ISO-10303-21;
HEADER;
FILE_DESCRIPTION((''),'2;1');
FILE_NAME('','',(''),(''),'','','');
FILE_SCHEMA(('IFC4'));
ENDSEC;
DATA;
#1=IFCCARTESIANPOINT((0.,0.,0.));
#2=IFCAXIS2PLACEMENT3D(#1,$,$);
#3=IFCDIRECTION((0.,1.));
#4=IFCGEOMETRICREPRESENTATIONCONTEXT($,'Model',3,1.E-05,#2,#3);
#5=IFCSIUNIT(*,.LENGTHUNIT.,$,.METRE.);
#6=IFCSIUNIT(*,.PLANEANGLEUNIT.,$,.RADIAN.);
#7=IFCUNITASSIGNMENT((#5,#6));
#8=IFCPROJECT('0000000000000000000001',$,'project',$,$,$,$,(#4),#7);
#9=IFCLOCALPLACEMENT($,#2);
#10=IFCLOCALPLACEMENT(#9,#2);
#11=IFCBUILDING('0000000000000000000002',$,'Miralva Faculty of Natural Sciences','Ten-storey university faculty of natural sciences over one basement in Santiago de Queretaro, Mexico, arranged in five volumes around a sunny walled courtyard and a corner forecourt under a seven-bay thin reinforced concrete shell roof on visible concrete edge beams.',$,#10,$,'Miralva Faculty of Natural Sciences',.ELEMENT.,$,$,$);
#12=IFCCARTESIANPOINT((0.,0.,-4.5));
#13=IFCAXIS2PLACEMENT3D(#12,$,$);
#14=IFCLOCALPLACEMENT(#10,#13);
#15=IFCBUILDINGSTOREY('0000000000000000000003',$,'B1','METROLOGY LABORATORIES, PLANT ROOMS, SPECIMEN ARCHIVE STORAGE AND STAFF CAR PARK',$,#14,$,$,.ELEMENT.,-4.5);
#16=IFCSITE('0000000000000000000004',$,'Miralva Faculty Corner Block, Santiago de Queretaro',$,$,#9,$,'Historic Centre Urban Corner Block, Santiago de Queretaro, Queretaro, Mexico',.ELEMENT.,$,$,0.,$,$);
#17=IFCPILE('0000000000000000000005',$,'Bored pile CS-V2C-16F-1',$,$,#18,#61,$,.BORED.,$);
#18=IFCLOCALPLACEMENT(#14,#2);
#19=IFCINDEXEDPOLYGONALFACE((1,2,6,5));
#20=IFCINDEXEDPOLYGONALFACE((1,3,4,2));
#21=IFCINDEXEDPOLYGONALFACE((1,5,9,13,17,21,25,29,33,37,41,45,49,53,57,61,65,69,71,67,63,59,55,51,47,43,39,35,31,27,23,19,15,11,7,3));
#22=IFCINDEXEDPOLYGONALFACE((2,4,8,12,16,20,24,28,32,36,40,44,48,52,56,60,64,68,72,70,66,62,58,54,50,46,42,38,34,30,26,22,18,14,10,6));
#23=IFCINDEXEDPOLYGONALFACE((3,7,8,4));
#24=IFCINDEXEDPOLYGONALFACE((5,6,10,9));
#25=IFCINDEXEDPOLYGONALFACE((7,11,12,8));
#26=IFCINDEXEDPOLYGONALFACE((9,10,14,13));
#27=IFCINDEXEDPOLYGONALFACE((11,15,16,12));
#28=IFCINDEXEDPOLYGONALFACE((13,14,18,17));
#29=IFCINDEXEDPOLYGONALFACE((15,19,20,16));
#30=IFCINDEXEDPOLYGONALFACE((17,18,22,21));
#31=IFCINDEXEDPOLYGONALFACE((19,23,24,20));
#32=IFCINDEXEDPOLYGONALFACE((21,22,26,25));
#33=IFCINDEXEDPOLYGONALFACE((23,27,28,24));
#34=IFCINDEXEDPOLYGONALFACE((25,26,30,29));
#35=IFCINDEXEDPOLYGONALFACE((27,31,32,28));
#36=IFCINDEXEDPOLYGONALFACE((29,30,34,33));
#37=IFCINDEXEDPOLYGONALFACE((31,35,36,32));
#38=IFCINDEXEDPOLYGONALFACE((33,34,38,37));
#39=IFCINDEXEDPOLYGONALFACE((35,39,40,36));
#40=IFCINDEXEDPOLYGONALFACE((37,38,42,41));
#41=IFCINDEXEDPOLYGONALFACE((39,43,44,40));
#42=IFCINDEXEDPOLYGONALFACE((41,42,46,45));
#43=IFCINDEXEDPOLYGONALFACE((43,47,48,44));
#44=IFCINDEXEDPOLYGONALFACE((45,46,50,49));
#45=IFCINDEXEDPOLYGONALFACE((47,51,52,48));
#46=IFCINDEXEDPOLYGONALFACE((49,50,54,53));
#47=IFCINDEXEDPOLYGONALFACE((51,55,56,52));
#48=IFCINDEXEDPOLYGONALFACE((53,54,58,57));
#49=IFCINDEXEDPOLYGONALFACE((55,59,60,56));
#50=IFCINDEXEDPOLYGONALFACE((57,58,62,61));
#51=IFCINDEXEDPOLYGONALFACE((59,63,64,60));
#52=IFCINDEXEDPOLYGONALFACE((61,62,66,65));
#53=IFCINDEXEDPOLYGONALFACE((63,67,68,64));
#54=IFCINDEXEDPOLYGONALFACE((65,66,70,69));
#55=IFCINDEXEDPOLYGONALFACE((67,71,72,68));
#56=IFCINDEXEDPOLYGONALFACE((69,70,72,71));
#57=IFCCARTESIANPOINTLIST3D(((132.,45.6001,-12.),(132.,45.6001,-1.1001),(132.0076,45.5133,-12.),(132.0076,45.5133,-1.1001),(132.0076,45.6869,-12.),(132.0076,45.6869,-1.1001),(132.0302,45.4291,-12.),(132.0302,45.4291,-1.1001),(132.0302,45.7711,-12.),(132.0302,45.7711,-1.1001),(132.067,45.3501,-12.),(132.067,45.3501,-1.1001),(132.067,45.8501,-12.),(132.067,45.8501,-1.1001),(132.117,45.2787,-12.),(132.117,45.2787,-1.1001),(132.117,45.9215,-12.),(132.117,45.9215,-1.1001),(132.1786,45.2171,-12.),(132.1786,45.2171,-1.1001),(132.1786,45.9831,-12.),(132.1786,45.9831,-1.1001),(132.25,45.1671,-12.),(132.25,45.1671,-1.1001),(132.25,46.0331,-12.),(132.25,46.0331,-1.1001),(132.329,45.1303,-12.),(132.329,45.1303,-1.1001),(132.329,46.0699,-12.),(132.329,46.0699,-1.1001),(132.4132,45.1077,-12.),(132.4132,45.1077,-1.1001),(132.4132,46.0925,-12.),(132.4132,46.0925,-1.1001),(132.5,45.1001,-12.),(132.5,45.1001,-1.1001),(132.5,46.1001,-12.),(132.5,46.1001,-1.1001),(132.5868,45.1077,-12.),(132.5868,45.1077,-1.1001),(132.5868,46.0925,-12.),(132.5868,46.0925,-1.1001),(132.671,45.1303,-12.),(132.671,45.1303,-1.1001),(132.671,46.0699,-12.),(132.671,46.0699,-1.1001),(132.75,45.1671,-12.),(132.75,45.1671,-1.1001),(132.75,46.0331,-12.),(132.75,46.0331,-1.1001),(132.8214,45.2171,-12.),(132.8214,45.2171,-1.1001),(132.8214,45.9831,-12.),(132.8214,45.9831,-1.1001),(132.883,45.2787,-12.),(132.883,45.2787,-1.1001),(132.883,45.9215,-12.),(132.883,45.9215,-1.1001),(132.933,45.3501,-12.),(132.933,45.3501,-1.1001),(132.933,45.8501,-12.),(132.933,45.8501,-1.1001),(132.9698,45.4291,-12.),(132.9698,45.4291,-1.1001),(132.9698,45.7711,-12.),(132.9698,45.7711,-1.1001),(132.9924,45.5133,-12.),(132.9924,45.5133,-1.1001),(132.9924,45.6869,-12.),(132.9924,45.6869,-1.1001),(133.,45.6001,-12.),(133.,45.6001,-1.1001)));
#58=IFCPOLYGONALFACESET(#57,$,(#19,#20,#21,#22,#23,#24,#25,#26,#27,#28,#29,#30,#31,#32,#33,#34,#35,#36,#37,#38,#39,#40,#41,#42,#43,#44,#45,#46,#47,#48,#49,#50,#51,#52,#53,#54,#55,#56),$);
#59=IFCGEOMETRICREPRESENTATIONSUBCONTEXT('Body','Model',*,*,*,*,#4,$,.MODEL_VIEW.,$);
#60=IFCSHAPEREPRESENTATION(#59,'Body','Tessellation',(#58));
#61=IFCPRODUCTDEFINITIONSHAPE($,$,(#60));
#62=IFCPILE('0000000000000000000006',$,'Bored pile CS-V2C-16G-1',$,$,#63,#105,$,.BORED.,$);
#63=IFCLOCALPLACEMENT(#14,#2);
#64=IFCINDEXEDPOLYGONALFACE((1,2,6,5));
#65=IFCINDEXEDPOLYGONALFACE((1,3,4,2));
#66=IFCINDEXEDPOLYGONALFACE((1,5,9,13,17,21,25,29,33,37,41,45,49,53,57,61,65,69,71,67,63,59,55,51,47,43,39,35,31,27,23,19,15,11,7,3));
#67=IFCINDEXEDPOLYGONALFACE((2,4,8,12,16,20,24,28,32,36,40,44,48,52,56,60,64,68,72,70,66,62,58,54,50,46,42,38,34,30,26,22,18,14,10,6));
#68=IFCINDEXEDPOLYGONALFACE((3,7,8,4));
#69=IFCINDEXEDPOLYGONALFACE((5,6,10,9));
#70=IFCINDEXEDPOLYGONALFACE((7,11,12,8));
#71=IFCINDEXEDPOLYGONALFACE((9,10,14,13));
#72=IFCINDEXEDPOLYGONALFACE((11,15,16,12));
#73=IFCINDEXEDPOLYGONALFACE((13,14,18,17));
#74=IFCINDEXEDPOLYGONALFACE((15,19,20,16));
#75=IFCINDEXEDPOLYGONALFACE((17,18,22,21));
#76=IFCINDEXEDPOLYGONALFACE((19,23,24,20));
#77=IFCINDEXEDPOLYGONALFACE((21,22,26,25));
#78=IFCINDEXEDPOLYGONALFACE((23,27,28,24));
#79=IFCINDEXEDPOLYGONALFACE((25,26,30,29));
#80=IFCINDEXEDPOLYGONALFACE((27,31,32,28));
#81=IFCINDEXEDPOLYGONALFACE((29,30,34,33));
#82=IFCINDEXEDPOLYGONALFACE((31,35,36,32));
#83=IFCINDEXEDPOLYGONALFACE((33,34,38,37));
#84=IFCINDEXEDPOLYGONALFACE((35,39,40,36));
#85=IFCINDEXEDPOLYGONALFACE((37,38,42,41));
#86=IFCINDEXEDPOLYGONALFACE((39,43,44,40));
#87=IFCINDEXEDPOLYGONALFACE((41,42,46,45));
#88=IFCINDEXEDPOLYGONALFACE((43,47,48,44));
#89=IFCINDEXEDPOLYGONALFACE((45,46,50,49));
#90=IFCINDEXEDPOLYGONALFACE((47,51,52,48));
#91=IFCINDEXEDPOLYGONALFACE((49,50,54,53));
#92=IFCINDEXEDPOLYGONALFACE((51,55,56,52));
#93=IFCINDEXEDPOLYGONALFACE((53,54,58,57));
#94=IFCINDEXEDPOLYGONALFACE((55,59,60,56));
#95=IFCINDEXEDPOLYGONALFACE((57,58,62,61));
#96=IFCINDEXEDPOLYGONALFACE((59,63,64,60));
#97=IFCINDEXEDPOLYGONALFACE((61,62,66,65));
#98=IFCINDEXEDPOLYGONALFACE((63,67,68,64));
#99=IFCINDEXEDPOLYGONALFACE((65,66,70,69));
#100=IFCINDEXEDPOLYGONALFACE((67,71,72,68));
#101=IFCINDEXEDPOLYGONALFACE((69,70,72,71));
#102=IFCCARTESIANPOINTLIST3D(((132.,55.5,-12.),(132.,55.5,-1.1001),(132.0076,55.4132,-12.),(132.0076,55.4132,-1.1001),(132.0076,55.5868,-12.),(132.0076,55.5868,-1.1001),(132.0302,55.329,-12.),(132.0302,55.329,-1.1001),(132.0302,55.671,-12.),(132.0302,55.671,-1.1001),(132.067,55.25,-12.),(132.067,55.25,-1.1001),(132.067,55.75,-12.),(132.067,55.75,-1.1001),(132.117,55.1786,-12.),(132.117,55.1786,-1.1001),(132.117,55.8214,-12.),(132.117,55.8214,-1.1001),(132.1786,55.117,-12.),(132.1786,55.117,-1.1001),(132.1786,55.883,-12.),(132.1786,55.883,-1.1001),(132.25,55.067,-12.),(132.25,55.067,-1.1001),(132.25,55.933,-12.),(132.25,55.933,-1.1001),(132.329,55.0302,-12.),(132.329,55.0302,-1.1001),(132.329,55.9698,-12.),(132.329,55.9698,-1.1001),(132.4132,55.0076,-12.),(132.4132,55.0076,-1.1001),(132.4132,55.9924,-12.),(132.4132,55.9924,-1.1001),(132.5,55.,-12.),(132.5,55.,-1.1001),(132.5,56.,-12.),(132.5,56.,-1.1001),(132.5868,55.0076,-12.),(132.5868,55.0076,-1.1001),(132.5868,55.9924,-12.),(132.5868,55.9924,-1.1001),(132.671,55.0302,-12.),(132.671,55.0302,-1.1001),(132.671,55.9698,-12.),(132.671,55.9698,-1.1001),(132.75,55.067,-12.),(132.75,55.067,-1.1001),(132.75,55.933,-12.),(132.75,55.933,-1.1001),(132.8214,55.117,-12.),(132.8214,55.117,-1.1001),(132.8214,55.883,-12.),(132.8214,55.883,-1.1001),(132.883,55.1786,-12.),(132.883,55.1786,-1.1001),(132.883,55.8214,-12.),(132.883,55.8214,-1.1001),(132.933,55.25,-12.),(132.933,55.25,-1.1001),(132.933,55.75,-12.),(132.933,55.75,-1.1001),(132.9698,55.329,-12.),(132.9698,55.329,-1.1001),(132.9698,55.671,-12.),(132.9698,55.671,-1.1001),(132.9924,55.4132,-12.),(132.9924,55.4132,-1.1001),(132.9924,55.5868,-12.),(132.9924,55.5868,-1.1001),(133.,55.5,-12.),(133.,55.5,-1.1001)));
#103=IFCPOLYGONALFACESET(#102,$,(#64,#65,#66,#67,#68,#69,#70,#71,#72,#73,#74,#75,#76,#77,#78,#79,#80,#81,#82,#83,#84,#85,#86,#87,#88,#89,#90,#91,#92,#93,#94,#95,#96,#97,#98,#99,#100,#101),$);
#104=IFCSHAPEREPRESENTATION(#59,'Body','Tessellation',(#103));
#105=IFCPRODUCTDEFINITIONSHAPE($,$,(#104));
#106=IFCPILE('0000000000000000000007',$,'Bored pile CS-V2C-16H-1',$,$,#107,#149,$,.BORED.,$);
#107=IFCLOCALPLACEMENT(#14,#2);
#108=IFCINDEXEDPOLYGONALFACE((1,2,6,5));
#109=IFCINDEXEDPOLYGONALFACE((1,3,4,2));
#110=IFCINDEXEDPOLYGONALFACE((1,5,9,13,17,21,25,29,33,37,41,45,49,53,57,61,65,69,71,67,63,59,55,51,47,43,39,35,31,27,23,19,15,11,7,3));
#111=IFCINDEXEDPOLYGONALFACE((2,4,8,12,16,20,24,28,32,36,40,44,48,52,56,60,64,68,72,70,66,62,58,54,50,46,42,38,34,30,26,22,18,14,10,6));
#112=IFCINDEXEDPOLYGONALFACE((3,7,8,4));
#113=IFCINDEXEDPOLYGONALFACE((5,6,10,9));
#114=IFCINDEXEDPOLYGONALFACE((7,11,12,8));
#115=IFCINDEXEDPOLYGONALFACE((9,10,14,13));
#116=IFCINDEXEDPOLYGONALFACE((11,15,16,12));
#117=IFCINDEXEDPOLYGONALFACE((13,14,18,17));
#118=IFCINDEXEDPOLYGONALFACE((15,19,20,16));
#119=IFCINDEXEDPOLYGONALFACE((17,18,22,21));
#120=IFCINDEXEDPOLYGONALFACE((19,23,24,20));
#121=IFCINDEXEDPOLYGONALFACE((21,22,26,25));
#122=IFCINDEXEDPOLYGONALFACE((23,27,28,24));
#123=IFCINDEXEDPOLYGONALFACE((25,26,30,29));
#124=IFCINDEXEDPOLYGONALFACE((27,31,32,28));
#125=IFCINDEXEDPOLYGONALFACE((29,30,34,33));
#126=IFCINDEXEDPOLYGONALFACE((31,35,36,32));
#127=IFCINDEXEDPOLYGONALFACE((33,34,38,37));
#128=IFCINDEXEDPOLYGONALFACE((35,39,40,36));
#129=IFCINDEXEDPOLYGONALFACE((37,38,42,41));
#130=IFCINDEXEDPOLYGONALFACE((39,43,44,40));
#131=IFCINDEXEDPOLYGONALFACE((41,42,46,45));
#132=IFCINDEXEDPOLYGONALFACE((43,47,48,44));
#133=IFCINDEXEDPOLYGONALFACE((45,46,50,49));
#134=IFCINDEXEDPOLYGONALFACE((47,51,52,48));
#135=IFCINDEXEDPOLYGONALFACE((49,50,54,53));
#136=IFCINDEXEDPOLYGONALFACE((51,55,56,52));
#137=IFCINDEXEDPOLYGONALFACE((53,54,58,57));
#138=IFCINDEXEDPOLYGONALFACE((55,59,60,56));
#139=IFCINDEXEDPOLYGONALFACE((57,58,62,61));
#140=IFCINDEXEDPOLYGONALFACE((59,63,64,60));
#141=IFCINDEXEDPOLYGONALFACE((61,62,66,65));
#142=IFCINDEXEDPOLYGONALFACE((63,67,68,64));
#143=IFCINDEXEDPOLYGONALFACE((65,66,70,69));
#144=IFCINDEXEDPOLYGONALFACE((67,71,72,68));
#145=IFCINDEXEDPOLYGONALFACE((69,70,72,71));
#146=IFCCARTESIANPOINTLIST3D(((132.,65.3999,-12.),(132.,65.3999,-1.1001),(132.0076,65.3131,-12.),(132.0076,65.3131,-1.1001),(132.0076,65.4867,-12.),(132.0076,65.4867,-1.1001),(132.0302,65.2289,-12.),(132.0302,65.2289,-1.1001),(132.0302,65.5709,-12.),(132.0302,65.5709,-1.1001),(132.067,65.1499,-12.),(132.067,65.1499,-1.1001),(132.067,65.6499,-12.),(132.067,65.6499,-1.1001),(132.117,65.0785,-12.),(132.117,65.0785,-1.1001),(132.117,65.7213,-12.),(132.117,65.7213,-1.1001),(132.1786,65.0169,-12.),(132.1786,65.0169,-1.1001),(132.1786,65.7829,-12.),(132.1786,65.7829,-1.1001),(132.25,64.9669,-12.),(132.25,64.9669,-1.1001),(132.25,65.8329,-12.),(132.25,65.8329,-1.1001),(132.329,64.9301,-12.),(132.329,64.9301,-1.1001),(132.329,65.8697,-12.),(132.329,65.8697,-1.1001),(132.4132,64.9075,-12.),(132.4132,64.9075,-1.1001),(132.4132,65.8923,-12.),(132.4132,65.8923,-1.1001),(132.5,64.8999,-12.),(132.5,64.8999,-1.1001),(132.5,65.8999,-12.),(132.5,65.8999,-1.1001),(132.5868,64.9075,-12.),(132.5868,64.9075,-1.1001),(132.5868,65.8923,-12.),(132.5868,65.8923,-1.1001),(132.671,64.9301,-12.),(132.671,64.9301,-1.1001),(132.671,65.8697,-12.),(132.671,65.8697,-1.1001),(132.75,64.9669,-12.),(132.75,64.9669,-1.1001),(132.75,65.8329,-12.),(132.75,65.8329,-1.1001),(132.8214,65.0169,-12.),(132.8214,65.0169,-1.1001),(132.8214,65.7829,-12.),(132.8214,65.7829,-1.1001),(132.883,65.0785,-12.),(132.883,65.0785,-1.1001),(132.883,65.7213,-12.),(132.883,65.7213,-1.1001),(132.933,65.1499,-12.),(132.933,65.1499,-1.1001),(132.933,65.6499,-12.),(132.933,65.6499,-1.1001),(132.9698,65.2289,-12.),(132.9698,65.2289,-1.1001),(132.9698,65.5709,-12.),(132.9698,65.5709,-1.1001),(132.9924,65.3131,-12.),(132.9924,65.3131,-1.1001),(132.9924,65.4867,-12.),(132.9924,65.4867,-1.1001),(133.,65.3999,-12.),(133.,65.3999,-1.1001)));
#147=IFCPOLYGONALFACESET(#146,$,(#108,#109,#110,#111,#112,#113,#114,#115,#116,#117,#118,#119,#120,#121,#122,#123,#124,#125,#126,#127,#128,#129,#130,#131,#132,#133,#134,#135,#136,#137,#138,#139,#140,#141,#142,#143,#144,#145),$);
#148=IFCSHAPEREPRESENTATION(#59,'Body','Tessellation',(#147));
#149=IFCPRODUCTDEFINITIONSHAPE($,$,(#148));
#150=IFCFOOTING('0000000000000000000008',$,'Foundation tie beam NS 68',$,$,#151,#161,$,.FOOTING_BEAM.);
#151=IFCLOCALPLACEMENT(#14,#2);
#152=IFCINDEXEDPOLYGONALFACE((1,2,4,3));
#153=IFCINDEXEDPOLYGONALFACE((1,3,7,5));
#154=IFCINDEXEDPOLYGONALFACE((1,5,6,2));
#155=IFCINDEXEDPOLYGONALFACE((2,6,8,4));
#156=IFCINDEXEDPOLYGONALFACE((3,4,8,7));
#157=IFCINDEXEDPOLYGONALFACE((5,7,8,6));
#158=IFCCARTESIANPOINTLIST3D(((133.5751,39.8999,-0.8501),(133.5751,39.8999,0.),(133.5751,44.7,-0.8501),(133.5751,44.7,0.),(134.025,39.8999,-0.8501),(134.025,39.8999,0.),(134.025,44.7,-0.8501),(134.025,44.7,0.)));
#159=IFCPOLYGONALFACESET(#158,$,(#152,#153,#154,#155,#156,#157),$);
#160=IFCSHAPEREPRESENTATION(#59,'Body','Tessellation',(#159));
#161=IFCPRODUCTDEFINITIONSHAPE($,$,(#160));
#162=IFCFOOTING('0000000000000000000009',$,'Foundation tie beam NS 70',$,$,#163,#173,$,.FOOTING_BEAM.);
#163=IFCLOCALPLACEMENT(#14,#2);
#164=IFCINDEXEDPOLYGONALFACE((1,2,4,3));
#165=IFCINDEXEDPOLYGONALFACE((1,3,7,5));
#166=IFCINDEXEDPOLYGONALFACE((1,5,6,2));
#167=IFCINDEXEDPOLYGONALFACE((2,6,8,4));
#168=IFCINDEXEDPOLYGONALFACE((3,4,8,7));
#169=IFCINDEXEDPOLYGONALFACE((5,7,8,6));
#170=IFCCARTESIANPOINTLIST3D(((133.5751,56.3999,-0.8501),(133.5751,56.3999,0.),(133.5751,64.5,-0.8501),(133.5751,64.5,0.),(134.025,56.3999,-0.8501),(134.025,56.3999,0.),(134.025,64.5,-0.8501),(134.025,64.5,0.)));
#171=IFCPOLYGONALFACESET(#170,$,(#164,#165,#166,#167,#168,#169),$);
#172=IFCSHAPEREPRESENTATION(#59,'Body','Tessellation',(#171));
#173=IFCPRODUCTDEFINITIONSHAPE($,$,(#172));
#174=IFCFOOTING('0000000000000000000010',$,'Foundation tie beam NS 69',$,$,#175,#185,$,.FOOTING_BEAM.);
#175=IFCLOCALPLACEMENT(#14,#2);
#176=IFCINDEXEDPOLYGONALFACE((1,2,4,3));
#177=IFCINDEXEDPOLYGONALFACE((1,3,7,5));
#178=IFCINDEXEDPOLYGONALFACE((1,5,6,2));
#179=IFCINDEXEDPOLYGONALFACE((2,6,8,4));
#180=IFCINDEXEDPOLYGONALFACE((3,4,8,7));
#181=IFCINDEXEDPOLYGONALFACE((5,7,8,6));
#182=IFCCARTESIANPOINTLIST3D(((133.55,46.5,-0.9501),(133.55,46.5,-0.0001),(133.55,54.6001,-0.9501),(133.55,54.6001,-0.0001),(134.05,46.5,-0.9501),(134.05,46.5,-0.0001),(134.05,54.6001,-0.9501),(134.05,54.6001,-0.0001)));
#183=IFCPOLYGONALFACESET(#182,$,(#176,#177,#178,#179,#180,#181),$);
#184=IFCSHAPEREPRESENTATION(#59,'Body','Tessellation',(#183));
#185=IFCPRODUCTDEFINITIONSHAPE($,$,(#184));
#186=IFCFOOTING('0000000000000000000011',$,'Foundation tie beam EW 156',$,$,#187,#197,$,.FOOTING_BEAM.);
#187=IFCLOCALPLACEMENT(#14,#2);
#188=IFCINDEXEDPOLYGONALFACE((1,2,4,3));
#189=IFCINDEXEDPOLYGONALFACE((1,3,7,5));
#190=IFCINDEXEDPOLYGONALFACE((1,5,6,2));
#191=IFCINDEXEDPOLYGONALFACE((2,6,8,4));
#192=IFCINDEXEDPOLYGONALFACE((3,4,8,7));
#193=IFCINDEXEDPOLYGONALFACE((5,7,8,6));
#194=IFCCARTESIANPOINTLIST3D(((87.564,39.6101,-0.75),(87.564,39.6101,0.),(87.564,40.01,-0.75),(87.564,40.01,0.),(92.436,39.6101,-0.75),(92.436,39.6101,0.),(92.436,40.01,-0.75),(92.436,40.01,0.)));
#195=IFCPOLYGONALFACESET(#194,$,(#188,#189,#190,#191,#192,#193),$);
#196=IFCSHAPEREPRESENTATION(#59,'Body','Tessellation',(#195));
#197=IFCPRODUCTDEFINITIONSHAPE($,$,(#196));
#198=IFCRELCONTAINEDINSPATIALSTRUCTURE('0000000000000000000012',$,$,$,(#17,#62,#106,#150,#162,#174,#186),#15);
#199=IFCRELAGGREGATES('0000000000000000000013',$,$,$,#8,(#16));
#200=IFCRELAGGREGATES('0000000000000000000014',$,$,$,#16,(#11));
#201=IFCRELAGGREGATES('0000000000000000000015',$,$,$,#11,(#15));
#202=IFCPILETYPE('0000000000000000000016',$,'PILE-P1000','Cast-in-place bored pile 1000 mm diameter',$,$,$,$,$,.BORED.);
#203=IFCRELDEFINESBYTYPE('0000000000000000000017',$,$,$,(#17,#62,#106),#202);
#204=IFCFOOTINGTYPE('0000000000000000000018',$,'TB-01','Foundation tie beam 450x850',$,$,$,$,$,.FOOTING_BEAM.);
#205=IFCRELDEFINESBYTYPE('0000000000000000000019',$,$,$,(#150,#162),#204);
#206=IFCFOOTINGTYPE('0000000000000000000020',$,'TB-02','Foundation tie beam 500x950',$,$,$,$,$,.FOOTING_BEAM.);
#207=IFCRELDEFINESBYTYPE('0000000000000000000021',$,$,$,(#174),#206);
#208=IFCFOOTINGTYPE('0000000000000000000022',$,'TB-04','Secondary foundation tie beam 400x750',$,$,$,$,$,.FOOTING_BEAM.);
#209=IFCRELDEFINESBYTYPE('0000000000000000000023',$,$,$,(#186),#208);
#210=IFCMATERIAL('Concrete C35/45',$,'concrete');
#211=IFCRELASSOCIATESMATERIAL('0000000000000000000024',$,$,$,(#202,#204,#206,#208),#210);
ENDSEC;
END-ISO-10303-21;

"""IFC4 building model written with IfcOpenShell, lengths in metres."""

from ifc_helpers import new_model, si_unit, direction, frame, origin, origin_2d, place, context, subcontext, project, spatial, rectangle, circle, extrude, material, material_profile, profile_set, type_object, element, save


model = new_model("IFC4")

# Units and contexts
model_context = context("Model", 3, precision=1e-05, world=origin(), true_north=direction((0.0, 1.0)))
body_context = subcontext(model_context, "Body", "Model", "MODEL_VIEW")
ifc_project = project(units=[si_unit("LENGTHUNIT", "METRE"), si_unit("PLANEANGLEUNIT", "RADIAN")], contexts=[model_context])

# Site, building, storey
site_placement = place(None, origin())
site = spatial("IfcSite", under=ifc_project, at=site_placement, Name="Miralva Faculty Corner Block, Santiago de Queretaro", LongName="Historic Centre Urban Corner Block, Santiago de Queretaro, Queretaro, Mexico", CompositionType="ELEMENT", RefElevation=0.0)
building_placement = place(site_placement, origin())
building = spatial("IfcBuilding", under=site, at=building_placement, Name="Miralva Faculty of Natural Sciences", Description="Ten-storey university faculty of natural sciences over one basement in Santiago de Queretaro, Mexico, arranged in five volumes around a sunny walled courtyard and a corner forecourt under a seven-bay thin reinforced concrete shell roof on visible concrete edge beams.", LongName="Miralva Faculty of Natural Sciences", CompositionType="ELEMENT")
storey_placement = place(building_placement, frame((0.0, 0.0, -4.5)))
storey = spatial("IfcBuildingStorey", under=building, at=storey_placement, Name="B1", Description="METROLOGY LABORATORIES, PLANT ROOMS, SPECIMEN ARCHIVE STORAGE AND STAFF CAR PARK", CompositionType="ELEMENT", Elevation=-4.5)

# Shared definitions
ifc_material_1 = material(Name="Concrete C35/45", Category="concrete")

# Piles
ifc_material_profile_1 = material_profile(ifc_material_1, circle(Radius=0.5, at=origin_2d()), Name="BORED PILE 1000")
ifc_profile_set_1 = profile_set([ifc_material_profile_1], Name="Concrete C35/45")
pile_type = type_object("IfcPileType", Name="PILE-P1000", Description="Cast-in-place bored pile 1000 mm diameter", PredefinedType="BORED", material=ifc_profile_set_1)
for number, where, z_axis, x_axis, name in (
    (1, (132.5, 45.6001, -1.1001), (0.0, 0.0, -1.0), (1.0, 0.0, 0.0), "Bored pile CS-V2C-16F-1"),
    (2, (132.5, 55.5, -1.1001), (0.0, 0.0, -1.0), (1.0, 0.0, 0.0), "Bored pile CS-V2C-16G-1"),
    (3, (132.5, 65.3999, -1.1001), (0.0, 0.0, -1.0), (1.0, 0.0, 0.0), "Bored pile CS-V2C-16H-1"),
):
    element("IfcPile", number, at=place(storey_placement, frame(where, z_axis=z_axis, x_axis=x_axis)), inside=storey, type_object=pile_type, Name=name, PredefinedType="BORED", context=body_context, shape_type="SweptSolid", body=[
        extrude(circle(Radius=0.5, at=origin_2d()), origin(), (0.0, 0.0, 1.0), 10.8999),
    ])

# Footings
ifc_material_profile_2 = material_profile(ifc_material_1, rectangle(XDim=0.45, YDim=0.8501, at=origin_2d()), Name="RC 450x850")
ifc_profile_set_2 = profile_set([ifc_material_profile_2], Name="Concrete C35/45")
footing_type_1 = type_object("IfcFootingType", Name="TB-01", Description="Foundation tie beam 450x850", PredefinedType="FOOTING_BEAM", material=ifc_profile_set_2)
footing_1_placement = place(storey_placement, frame((133.8, 39.8999, -0.425), z_axis=(0.0, 1.0, 0.0), x_axis=(-1.0, 0.0, 0.0)))
element("IfcFooting", 4, at=footing_1_placement, inside=storey, type_object=footing_type_1, Name="Foundation tie beam NS 68", PredefinedType="FOOTING_BEAM", context=body_context, shape_type="SweptSolid", body=[
    extrude(rectangle(XDim=0.45, YDim=0.8501, at=origin_2d()), origin(), (0.0, 0.0, 1.0), 4.8),
])
footing_2_placement = place(storey_placement, frame((133.8, 56.3999, -0.425), z_axis=(0.0, 1.0, 0.0), x_axis=(-1.0, 0.0, 0.0)))
element("IfcFooting", 5, at=footing_2_placement, inside=storey, type_object=footing_type_1, Name="Foundation tie beam NS 70", PredefinedType="FOOTING_BEAM", context=body_context, shape_type="SweptSolid", body=[
    extrude(rectangle(XDim=0.45, YDim=0.8501, at=origin_2d()), origin(), (0.0, 0.0, 1.0), 8.1001),
])
ifc_material_profile_3 = material_profile(ifc_material_1, rectangle(XDim=0.5, YDim=0.95, at=origin_2d()), Name="RC 500x950")
ifc_profile_set_3 = profile_set([ifc_material_profile_3], Name="Concrete C35/45")
footing_type_2 = type_object("IfcFootingType", Name="TB-02", Description="Foundation tie beam 500x950", PredefinedType="FOOTING_BEAM", material=ifc_profile_set_3)
footing_3_placement = place(storey_placement, frame((133.8, 46.5, -0.4751), z_axis=(0.0, 1.0, 0.0), x_axis=(-1.0, 0.0, 0.0)))
element("IfcFooting", 6, at=footing_3_placement, inside=storey, type_object=footing_type_2, Name="Foundation tie beam NS 69", PredefinedType="FOOTING_BEAM", context=body_context, shape_type="SweptSolid", body=[
    extrude(rectangle(XDim=0.5, YDim=0.95, at=origin_2d()), origin(), (0.0, 0.0, 1.0), 8.1001),
])
ifc_material_profile_4 = material_profile(ifc_material_1, rectangle(XDim=0.3999, YDim=0.75, at=origin_2d()), Name="RC 400x750")
ifc_profile_set_4 = profile_set([ifc_material_profile_4], Name="Concrete C35/45")
footing_type_3 = type_object("IfcFootingType", Name="TB-04", Description="Secondary foundation tie beam 400x750", PredefinedType="FOOTING_BEAM", material=ifc_profile_set_4)
footing_4_placement = place(storey_placement, frame((87.564, 39.8101, -0.375), z_axis=(1.0, 0.0, 0.0), x_axis=(0.0, 1.0, 0.0)))
element("IfcFooting", 7, at=footing_4_placement, inside=storey, type_object=footing_type_3, Name="Foundation tie beam EW 156", PredefinedType="FOOTING_BEAM", context=body_context, shape_type="SweptSolid", body=[
    extrude(rectangle(XDim=0.3999, YDim=0.75, at=origin_2d()), origin(), (0.0, 0.0, 1.0), 4.8721),
])

save(model, "model.ifc")
